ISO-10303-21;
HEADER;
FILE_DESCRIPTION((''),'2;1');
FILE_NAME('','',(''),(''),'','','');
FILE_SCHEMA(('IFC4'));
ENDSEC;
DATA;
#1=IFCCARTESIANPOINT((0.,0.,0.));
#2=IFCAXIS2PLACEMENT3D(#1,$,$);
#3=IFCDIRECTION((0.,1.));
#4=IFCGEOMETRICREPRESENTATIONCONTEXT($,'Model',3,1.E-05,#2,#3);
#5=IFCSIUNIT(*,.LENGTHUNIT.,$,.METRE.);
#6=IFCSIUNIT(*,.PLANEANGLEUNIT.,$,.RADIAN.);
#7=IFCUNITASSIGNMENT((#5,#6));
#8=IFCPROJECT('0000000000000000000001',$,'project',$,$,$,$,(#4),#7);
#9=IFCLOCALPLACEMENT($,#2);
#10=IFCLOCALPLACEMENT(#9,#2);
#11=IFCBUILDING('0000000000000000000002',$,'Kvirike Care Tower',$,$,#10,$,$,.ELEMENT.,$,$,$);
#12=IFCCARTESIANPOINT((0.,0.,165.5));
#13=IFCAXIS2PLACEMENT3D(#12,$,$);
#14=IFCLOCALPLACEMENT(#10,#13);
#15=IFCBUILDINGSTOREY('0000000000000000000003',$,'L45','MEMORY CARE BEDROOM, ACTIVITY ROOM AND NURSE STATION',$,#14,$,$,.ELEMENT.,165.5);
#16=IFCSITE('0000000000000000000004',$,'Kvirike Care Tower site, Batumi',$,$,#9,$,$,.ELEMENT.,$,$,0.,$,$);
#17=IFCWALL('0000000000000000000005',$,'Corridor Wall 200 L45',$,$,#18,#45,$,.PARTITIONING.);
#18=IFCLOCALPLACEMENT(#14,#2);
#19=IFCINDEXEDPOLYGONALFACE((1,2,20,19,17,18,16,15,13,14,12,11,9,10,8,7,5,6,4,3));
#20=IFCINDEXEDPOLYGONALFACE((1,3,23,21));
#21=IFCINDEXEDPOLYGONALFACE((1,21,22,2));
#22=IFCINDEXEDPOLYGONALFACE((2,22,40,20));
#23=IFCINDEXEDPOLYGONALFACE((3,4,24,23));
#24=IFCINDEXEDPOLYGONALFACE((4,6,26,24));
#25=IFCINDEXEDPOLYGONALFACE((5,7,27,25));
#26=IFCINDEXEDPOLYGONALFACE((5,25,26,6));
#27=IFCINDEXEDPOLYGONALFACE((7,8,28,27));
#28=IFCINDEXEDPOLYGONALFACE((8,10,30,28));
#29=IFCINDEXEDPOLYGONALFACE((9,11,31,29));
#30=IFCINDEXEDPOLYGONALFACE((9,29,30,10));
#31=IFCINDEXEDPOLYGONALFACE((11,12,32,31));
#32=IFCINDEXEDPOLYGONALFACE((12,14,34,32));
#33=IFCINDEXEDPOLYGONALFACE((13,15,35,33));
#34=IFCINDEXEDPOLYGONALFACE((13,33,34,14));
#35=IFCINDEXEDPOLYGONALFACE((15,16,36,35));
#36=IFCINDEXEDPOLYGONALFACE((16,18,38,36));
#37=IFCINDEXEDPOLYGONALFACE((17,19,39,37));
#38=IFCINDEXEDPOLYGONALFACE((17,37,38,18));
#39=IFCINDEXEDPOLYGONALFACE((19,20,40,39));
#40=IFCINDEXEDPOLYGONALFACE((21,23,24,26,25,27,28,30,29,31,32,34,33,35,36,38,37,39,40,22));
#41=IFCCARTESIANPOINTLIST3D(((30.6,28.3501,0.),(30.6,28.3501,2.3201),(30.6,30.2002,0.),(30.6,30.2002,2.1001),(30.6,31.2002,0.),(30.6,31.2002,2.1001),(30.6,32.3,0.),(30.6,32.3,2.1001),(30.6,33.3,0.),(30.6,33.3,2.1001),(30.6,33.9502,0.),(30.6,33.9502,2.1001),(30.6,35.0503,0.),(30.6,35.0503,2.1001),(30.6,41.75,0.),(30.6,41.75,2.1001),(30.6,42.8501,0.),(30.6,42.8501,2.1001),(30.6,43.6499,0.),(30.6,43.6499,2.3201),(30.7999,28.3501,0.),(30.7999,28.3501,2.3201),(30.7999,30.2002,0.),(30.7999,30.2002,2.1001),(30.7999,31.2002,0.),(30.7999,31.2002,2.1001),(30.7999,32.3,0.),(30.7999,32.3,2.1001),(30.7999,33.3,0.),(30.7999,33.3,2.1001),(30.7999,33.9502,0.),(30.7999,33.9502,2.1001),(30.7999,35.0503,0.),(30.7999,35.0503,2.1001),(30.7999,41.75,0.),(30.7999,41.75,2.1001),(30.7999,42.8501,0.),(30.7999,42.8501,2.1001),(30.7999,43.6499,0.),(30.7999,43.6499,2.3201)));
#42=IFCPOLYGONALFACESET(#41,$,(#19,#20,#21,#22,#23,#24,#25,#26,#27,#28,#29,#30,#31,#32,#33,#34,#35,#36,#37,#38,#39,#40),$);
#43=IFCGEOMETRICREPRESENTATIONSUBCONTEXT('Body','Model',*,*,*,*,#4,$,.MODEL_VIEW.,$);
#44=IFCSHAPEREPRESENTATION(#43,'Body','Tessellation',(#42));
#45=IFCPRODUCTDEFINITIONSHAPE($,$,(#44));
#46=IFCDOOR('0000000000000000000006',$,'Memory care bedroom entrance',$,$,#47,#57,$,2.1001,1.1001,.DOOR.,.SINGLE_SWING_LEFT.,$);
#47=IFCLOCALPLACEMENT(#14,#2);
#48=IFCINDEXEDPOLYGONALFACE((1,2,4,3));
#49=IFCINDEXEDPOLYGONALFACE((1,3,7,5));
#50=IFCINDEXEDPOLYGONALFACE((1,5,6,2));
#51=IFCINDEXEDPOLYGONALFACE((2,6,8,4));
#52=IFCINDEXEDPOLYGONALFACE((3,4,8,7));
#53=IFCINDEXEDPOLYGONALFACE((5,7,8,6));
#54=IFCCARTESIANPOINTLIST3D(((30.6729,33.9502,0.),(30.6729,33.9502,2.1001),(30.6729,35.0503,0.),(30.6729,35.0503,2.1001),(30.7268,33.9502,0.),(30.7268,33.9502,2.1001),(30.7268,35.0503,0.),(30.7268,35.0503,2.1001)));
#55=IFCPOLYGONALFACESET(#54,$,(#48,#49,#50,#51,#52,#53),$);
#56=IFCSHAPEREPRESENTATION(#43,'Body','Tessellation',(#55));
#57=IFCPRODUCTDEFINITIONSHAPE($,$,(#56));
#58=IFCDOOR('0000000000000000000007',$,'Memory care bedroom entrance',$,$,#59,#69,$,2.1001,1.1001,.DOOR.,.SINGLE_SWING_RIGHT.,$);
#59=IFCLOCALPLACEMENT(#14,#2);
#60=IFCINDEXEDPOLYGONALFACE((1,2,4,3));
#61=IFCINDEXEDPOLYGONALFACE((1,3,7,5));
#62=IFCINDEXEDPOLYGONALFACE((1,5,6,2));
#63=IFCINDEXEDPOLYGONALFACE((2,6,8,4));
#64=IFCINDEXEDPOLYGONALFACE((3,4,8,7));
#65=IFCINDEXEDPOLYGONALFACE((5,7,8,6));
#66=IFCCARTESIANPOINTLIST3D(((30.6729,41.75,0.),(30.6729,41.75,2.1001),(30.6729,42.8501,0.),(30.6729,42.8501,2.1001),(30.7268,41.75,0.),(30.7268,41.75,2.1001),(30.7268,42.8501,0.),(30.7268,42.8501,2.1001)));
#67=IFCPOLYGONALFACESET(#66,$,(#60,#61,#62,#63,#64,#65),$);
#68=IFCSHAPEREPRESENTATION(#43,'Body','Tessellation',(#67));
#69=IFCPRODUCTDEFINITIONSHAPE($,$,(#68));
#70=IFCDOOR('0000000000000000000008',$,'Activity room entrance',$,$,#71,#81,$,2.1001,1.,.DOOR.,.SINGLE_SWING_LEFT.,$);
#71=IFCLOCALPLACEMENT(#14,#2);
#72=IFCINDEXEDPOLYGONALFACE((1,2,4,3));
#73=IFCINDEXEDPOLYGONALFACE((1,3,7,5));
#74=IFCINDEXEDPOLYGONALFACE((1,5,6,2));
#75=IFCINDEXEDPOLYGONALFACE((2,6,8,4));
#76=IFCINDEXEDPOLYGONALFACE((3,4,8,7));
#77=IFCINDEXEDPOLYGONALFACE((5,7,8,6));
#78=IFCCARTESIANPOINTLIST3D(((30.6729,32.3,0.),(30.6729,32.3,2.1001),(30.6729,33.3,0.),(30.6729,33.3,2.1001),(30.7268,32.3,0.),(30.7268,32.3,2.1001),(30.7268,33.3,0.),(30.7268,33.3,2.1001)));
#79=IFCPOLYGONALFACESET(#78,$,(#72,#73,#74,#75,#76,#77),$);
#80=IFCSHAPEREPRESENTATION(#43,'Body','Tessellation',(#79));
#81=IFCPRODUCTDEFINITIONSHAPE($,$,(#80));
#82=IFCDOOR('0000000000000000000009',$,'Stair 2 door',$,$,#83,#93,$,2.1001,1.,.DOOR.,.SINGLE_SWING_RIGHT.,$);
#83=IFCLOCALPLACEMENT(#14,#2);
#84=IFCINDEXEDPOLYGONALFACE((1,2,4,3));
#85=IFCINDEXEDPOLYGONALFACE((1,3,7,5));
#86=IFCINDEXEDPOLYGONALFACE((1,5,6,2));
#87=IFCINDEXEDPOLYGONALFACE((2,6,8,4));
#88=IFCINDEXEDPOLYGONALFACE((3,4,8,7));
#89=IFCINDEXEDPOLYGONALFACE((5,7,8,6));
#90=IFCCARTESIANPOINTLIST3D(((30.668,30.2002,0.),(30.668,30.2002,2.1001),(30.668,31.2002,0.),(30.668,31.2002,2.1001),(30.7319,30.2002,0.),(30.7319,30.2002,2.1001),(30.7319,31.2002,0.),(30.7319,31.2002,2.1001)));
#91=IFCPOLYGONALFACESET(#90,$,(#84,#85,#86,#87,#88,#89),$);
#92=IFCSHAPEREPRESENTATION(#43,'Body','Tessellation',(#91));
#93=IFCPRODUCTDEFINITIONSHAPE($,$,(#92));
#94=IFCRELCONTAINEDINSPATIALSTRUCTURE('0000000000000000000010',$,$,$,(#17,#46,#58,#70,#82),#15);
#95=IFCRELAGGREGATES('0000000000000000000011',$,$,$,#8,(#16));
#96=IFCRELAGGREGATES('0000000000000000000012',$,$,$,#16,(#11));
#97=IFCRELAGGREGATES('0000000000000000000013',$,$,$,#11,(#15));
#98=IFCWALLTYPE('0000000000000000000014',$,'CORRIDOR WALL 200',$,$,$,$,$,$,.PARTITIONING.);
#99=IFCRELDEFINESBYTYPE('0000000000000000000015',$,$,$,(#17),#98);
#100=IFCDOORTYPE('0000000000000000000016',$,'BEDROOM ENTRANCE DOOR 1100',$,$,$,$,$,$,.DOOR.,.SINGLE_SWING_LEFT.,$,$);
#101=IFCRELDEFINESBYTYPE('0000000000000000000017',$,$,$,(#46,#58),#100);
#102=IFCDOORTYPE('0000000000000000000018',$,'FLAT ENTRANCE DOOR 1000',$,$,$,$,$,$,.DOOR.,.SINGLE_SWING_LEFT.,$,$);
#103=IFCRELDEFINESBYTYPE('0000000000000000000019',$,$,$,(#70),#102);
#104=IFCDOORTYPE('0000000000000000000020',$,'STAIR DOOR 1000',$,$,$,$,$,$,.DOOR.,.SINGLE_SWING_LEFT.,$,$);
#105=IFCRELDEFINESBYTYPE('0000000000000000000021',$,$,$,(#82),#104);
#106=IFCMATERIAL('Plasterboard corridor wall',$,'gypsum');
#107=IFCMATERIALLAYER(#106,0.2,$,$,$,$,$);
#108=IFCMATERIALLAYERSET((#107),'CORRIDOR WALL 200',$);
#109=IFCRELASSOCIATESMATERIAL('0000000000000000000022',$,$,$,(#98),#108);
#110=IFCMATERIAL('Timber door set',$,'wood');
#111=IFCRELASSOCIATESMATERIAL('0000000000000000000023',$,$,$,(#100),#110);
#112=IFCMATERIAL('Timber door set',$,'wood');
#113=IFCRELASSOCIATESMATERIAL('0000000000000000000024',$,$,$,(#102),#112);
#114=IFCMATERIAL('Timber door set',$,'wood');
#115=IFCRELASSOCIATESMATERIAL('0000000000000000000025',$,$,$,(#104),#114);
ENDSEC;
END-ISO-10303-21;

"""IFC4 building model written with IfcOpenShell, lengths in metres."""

from ifc_helpers import new_model, si_unit, direction, frame, frame_2d, origin, place, context, subcontext, project, spatial, rectangle, extrude, material, layer, layer_set, type_object, element, fill, save


model = new_model("IFC4")

# Units and contexts
model_context = context("Model", 3, precision=1e-05, world=origin(), true_north=direction((0.0, 1.0)))
body_context = subcontext(model_context, "Body", "Model", "MODEL_VIEW")
ifc_project = project(units=[si_unit("LENGTHUNIT", "METRE"), si_unit("PLANEANGLEUNIT", "RADIAN")], contexts=[model_context])

# Site, building, storey
site_placement = place(None, origin())
site = spatial("IfcSite", under=ifc_project, at=site_placement, Name="Kvirike Care Tower site, Batumi", CompositionType="ELEMENT", RefElevation=0.0)
building_placement = place(site_placement, origin())
building = spatial("IfcBuilding", under=site, at=building_placement, Name="Kvirike Care Tower", CompositionType="ELEMENT")
storey_placement = place(building_placement, frame((0.0, 0.0, 165.5)))
storey = spatial("IfcBuildingStorey", under=building, at=storey_placement, Name="L45", Description="MEMORY CARE BEDROOM, ACTIVITY ROOM AND NURSE STATION", CompositionType="ELEMENT", Elevation=165.5)

# Wall, openings, doors
ifc_material_1 = material(Name="Plasterboard corridor wall", Category="gypsum")
ifc_layer_1 = layer(ifc_material_1, 0.2)
ifc_layer_set_1 = layer_set([ifc_layer_1], Name="CORRIDOR WALL 200")
wall_type = type_object("IfcWallType", Name="CORRIDOR WALL 200", PredefinedType="PARTITIONING", material=ifc_layer_set_1)
wall_placement = place(storey_placement, frame((30.7, 28.3501, 0.0), z_axis=(0.0, 0.0, 1.0), x_axis=(0.0, 1.0, 0.0)))
wall = element("IfcWall", 1, at=wall_placement, inside=storey, type_object=wall_type, Name="Corridor Wall 200 L45", PredefinedType="PARTITIONING", context=body_context, shape_type="SweptSolid", body=[
    extrude(rectangle(XDim=15.2998, YDim=0.2, at=frame_2d((7.6499, 0.0))), origin(), (0.0, 0.0, 1.0), 2.3201),
])
opening_1_placement = place(wall_placement, frame((1.8501, 0.0, 0.0)))
opening_1 = element("IfcOpeningElement", 2, at=opening_1_placement, cuts=wall, PredefinedType="OPENING", context=body_context, shape_type="SweptSolid", body=[
    extrude(rectangle(XDim=1.0, YDim=2.1001, at=frame_2d((0.5, 1.05))), frame((0.0, 0.1106, 0.0), z_axis=(0.0, -1.0, 0.0), x_axis=(1.0, 0.0, 0.0)), (0.0, 0.0, 1.0), 0.2209),
])
opening_2_placement = place(wall_placement, frame((3.95, 0.0, 0.0)))
opening_2 = element("IfcOpeningElement", 3, at=opening_2_placement, cuts=wall, PredefinedType="OPENING", context=body_context, shape_type="SweptSolid", body=[
    extrude(rectangle(XDim=1.0, YDim=2.1001, at=frame_2d((0.5, 1.05))), frame((0.0, 0.1106, 0.0), z_axis=(0.0, -1.0, 0.0), x_axis=(1.0, 0.0, 0.0)), (0.0, 0.0, 1.0), 0.2209),
])
opening_3_placement = place(wall_placement, frame((5.6001, 0.0, 0.0)))
opening_3 = element("IfcOpeningElement", 4, at=opening_3_placement, cuts=wall, PredefinedType="OPENING", context=body_context, shape_type="SweptSolid", body=[
    extrude(rectangle(XDim=1.1001, YDim=2.1001, at=frame_2d((0.55, 1.05))), frame((0.0, 0.1106, 0.0), z_axis=(0.0, -1.0, 0.0), x_axis=(1.0, 0.0, 0.0)), (0.0, 0.0, 1.0), 0.2209),
])
opening_4_placement = place(wall_placement, frame((13.3999, 0.0, 0.0)))
opening_4 = element("IfcOpeningElement", 5, at=opening_4_placement, cuts=wall, PredefinedType="OPENING", context=body_context, shape_type="SweptSolid", body=[
    extrude(rectangle(XDim=1.1001, YDim=2.1001, at=frame_2d((0.55, 1.05))), frame((0.0, 0.1106, 0.0), z_axis=(0.0, -1.0, 0.0), x_axis=(1.0, 0.0, 0.0)), (0.0, 0.0, 1.0), 0.2209),
])
ifc_material_2 = material(Name="Timber door set", Category="wood")
door_type_1 = type_object("IfcDoorType", Name="BEDROOM ENTRANCE DOOR 1100", OperationType="SINGLE_SWING_LEFT", PredefinedType="DOOR", material=ifc_material_2)
door_1_placement = place(opening_3_placement, frame((1.1001, 0.0, 0.0), z_axis=(0.0, 0.0, 1.0), x_axis=(-1.0, 0.0, 0.0)))
door_1 = element("IfcDoor", 6, at=door_1_placement, inside=storey, type_object=door_type_1, Name="Memory care bedroom entrance", OperationType="SINGLE_SWING_LEFT", OverallHeight=2.1001, OverallWidth=1.1001, PredefinedType="DOOR", context=body_context, shape_type="SweptSolid", body=[
    extrude(rectangle(XDim=1.1001, YDim=2.1001, at=frame_2d((0.55, 1.05))), frame((0.0, 0.0269, 0.0), z_axis=(0.0, -1.0, 0.0), x_axis=(1.0, 0.0, 0.0)), (0.0, 0.0, 1.0), 0.054),
])
fill(opening_3, door_1)
door_2_placement = place(opening_4_placement, frame((1.1001, 0.0, 0.0), z_axis=(0.0, 0.0, 1.0), x_axis=(-1.0, 0.0, 0.0)))
door_2 = element("IfcDoor", 7, at=door_2_placement, inside=storey, type_object=door_type_1, Name="Memory care bedroom entrance", OperationType="SINGLE_SWING_RIGHT", OverallHeight=2.1001, OverallWidth=1.1001, PredefinedType="DOOR", context=body_context, shape_type="SweptSolid", body=[
    extrude(rectangle(XDim=1.1001, YDim=2.1001, at=frame_2d((0.55, 1.05))), frame((0.0, 0.0269, 0.0), z_axis=(0.0, -1.0, 0.0), x_axis=(1.0, 0.0, 0.0)), (0.0, 0.0, 1.0), 0.054),
])
fill(opening_4, door_2)
ifc_material_3 = material(Name="Timber door set", Category="wood")
door_type_2 = type_object("IfcDoorType", Name="FLAT ENTRANCE DOOR 1000", OperationType="SINGLE_SWING_LEFT", PredefinedType="DOOR", material=ifc_material_3)
door_3_placement = place(opening_2_placement, frame((1.0, 0.0, 0.0), z_axis=(0.0, 0.0, 1.0), x_axis=(-1.0, 0.0, 0.0)))
door_3 = element("IfcDoor", 8, at=door_3_placement, inside=storey, type_object=door_type_2, Name="Activity room entrance", OperationType="SINGLE_SWING_LEFT", OverallHeight=2.1001, OverallWidth=1.0, PredefinedType="DOOR", context=body_context, shape_type="SweptSolid", body=[
    extrude(rectangle(XDim=1.0, YDim=2.1001, at=frame_2d((0.5, 1.05))), frame((0.0, 0.0269, 0.0), z_axis=(0.0, -1.0, 0.0), x_axis=(1.0, 0.0, 0.0)), (0.0, 0.0, 1.0), 0.054),
])
fill(opening_2, door_3)
ifc_material_4 = material(Name="Timber door set", Category="wood")
door_type_3 = type_object("IfcDoorType", Name="STAIR DOOR 1000", OperationType="SINGLE_SWING_LEFT", PredefinedType="DOOR", material=ifc_material_4)
door_4_placement = place(opening_1_placement, frame((1.0, 0.0, 0.0), z_axis=(0.0, 0.0, 1.0), x_axis=(-1.0, 0.0, 0.0)))
door_4 = element("IfcDoor", 9, at=door_4_placement, inside=storey, type_object=door_type_3, Name="Stair 2 door", OperationType="SINGLE_SWING_RIGHT", OverallHeight=2.1001, OverallWidth=1.0, PredefinedType="DOOR", context=body_context, shape_type="SweptSolid", body=[
    extrude(rectangle(XDim=1.0, YDim=2.1001, at=frame_2d((0.5, 1.05))), frame((0.0, 0.032, 0.0), z_axis=(0.0, -1.0, 0.0), x_axis=(1.0, 0.0, 0.0)), (0.0, 0.0, 1.0), 0.064),
])
fill(opening_1, door_4)

save(model, "model.ifc")
